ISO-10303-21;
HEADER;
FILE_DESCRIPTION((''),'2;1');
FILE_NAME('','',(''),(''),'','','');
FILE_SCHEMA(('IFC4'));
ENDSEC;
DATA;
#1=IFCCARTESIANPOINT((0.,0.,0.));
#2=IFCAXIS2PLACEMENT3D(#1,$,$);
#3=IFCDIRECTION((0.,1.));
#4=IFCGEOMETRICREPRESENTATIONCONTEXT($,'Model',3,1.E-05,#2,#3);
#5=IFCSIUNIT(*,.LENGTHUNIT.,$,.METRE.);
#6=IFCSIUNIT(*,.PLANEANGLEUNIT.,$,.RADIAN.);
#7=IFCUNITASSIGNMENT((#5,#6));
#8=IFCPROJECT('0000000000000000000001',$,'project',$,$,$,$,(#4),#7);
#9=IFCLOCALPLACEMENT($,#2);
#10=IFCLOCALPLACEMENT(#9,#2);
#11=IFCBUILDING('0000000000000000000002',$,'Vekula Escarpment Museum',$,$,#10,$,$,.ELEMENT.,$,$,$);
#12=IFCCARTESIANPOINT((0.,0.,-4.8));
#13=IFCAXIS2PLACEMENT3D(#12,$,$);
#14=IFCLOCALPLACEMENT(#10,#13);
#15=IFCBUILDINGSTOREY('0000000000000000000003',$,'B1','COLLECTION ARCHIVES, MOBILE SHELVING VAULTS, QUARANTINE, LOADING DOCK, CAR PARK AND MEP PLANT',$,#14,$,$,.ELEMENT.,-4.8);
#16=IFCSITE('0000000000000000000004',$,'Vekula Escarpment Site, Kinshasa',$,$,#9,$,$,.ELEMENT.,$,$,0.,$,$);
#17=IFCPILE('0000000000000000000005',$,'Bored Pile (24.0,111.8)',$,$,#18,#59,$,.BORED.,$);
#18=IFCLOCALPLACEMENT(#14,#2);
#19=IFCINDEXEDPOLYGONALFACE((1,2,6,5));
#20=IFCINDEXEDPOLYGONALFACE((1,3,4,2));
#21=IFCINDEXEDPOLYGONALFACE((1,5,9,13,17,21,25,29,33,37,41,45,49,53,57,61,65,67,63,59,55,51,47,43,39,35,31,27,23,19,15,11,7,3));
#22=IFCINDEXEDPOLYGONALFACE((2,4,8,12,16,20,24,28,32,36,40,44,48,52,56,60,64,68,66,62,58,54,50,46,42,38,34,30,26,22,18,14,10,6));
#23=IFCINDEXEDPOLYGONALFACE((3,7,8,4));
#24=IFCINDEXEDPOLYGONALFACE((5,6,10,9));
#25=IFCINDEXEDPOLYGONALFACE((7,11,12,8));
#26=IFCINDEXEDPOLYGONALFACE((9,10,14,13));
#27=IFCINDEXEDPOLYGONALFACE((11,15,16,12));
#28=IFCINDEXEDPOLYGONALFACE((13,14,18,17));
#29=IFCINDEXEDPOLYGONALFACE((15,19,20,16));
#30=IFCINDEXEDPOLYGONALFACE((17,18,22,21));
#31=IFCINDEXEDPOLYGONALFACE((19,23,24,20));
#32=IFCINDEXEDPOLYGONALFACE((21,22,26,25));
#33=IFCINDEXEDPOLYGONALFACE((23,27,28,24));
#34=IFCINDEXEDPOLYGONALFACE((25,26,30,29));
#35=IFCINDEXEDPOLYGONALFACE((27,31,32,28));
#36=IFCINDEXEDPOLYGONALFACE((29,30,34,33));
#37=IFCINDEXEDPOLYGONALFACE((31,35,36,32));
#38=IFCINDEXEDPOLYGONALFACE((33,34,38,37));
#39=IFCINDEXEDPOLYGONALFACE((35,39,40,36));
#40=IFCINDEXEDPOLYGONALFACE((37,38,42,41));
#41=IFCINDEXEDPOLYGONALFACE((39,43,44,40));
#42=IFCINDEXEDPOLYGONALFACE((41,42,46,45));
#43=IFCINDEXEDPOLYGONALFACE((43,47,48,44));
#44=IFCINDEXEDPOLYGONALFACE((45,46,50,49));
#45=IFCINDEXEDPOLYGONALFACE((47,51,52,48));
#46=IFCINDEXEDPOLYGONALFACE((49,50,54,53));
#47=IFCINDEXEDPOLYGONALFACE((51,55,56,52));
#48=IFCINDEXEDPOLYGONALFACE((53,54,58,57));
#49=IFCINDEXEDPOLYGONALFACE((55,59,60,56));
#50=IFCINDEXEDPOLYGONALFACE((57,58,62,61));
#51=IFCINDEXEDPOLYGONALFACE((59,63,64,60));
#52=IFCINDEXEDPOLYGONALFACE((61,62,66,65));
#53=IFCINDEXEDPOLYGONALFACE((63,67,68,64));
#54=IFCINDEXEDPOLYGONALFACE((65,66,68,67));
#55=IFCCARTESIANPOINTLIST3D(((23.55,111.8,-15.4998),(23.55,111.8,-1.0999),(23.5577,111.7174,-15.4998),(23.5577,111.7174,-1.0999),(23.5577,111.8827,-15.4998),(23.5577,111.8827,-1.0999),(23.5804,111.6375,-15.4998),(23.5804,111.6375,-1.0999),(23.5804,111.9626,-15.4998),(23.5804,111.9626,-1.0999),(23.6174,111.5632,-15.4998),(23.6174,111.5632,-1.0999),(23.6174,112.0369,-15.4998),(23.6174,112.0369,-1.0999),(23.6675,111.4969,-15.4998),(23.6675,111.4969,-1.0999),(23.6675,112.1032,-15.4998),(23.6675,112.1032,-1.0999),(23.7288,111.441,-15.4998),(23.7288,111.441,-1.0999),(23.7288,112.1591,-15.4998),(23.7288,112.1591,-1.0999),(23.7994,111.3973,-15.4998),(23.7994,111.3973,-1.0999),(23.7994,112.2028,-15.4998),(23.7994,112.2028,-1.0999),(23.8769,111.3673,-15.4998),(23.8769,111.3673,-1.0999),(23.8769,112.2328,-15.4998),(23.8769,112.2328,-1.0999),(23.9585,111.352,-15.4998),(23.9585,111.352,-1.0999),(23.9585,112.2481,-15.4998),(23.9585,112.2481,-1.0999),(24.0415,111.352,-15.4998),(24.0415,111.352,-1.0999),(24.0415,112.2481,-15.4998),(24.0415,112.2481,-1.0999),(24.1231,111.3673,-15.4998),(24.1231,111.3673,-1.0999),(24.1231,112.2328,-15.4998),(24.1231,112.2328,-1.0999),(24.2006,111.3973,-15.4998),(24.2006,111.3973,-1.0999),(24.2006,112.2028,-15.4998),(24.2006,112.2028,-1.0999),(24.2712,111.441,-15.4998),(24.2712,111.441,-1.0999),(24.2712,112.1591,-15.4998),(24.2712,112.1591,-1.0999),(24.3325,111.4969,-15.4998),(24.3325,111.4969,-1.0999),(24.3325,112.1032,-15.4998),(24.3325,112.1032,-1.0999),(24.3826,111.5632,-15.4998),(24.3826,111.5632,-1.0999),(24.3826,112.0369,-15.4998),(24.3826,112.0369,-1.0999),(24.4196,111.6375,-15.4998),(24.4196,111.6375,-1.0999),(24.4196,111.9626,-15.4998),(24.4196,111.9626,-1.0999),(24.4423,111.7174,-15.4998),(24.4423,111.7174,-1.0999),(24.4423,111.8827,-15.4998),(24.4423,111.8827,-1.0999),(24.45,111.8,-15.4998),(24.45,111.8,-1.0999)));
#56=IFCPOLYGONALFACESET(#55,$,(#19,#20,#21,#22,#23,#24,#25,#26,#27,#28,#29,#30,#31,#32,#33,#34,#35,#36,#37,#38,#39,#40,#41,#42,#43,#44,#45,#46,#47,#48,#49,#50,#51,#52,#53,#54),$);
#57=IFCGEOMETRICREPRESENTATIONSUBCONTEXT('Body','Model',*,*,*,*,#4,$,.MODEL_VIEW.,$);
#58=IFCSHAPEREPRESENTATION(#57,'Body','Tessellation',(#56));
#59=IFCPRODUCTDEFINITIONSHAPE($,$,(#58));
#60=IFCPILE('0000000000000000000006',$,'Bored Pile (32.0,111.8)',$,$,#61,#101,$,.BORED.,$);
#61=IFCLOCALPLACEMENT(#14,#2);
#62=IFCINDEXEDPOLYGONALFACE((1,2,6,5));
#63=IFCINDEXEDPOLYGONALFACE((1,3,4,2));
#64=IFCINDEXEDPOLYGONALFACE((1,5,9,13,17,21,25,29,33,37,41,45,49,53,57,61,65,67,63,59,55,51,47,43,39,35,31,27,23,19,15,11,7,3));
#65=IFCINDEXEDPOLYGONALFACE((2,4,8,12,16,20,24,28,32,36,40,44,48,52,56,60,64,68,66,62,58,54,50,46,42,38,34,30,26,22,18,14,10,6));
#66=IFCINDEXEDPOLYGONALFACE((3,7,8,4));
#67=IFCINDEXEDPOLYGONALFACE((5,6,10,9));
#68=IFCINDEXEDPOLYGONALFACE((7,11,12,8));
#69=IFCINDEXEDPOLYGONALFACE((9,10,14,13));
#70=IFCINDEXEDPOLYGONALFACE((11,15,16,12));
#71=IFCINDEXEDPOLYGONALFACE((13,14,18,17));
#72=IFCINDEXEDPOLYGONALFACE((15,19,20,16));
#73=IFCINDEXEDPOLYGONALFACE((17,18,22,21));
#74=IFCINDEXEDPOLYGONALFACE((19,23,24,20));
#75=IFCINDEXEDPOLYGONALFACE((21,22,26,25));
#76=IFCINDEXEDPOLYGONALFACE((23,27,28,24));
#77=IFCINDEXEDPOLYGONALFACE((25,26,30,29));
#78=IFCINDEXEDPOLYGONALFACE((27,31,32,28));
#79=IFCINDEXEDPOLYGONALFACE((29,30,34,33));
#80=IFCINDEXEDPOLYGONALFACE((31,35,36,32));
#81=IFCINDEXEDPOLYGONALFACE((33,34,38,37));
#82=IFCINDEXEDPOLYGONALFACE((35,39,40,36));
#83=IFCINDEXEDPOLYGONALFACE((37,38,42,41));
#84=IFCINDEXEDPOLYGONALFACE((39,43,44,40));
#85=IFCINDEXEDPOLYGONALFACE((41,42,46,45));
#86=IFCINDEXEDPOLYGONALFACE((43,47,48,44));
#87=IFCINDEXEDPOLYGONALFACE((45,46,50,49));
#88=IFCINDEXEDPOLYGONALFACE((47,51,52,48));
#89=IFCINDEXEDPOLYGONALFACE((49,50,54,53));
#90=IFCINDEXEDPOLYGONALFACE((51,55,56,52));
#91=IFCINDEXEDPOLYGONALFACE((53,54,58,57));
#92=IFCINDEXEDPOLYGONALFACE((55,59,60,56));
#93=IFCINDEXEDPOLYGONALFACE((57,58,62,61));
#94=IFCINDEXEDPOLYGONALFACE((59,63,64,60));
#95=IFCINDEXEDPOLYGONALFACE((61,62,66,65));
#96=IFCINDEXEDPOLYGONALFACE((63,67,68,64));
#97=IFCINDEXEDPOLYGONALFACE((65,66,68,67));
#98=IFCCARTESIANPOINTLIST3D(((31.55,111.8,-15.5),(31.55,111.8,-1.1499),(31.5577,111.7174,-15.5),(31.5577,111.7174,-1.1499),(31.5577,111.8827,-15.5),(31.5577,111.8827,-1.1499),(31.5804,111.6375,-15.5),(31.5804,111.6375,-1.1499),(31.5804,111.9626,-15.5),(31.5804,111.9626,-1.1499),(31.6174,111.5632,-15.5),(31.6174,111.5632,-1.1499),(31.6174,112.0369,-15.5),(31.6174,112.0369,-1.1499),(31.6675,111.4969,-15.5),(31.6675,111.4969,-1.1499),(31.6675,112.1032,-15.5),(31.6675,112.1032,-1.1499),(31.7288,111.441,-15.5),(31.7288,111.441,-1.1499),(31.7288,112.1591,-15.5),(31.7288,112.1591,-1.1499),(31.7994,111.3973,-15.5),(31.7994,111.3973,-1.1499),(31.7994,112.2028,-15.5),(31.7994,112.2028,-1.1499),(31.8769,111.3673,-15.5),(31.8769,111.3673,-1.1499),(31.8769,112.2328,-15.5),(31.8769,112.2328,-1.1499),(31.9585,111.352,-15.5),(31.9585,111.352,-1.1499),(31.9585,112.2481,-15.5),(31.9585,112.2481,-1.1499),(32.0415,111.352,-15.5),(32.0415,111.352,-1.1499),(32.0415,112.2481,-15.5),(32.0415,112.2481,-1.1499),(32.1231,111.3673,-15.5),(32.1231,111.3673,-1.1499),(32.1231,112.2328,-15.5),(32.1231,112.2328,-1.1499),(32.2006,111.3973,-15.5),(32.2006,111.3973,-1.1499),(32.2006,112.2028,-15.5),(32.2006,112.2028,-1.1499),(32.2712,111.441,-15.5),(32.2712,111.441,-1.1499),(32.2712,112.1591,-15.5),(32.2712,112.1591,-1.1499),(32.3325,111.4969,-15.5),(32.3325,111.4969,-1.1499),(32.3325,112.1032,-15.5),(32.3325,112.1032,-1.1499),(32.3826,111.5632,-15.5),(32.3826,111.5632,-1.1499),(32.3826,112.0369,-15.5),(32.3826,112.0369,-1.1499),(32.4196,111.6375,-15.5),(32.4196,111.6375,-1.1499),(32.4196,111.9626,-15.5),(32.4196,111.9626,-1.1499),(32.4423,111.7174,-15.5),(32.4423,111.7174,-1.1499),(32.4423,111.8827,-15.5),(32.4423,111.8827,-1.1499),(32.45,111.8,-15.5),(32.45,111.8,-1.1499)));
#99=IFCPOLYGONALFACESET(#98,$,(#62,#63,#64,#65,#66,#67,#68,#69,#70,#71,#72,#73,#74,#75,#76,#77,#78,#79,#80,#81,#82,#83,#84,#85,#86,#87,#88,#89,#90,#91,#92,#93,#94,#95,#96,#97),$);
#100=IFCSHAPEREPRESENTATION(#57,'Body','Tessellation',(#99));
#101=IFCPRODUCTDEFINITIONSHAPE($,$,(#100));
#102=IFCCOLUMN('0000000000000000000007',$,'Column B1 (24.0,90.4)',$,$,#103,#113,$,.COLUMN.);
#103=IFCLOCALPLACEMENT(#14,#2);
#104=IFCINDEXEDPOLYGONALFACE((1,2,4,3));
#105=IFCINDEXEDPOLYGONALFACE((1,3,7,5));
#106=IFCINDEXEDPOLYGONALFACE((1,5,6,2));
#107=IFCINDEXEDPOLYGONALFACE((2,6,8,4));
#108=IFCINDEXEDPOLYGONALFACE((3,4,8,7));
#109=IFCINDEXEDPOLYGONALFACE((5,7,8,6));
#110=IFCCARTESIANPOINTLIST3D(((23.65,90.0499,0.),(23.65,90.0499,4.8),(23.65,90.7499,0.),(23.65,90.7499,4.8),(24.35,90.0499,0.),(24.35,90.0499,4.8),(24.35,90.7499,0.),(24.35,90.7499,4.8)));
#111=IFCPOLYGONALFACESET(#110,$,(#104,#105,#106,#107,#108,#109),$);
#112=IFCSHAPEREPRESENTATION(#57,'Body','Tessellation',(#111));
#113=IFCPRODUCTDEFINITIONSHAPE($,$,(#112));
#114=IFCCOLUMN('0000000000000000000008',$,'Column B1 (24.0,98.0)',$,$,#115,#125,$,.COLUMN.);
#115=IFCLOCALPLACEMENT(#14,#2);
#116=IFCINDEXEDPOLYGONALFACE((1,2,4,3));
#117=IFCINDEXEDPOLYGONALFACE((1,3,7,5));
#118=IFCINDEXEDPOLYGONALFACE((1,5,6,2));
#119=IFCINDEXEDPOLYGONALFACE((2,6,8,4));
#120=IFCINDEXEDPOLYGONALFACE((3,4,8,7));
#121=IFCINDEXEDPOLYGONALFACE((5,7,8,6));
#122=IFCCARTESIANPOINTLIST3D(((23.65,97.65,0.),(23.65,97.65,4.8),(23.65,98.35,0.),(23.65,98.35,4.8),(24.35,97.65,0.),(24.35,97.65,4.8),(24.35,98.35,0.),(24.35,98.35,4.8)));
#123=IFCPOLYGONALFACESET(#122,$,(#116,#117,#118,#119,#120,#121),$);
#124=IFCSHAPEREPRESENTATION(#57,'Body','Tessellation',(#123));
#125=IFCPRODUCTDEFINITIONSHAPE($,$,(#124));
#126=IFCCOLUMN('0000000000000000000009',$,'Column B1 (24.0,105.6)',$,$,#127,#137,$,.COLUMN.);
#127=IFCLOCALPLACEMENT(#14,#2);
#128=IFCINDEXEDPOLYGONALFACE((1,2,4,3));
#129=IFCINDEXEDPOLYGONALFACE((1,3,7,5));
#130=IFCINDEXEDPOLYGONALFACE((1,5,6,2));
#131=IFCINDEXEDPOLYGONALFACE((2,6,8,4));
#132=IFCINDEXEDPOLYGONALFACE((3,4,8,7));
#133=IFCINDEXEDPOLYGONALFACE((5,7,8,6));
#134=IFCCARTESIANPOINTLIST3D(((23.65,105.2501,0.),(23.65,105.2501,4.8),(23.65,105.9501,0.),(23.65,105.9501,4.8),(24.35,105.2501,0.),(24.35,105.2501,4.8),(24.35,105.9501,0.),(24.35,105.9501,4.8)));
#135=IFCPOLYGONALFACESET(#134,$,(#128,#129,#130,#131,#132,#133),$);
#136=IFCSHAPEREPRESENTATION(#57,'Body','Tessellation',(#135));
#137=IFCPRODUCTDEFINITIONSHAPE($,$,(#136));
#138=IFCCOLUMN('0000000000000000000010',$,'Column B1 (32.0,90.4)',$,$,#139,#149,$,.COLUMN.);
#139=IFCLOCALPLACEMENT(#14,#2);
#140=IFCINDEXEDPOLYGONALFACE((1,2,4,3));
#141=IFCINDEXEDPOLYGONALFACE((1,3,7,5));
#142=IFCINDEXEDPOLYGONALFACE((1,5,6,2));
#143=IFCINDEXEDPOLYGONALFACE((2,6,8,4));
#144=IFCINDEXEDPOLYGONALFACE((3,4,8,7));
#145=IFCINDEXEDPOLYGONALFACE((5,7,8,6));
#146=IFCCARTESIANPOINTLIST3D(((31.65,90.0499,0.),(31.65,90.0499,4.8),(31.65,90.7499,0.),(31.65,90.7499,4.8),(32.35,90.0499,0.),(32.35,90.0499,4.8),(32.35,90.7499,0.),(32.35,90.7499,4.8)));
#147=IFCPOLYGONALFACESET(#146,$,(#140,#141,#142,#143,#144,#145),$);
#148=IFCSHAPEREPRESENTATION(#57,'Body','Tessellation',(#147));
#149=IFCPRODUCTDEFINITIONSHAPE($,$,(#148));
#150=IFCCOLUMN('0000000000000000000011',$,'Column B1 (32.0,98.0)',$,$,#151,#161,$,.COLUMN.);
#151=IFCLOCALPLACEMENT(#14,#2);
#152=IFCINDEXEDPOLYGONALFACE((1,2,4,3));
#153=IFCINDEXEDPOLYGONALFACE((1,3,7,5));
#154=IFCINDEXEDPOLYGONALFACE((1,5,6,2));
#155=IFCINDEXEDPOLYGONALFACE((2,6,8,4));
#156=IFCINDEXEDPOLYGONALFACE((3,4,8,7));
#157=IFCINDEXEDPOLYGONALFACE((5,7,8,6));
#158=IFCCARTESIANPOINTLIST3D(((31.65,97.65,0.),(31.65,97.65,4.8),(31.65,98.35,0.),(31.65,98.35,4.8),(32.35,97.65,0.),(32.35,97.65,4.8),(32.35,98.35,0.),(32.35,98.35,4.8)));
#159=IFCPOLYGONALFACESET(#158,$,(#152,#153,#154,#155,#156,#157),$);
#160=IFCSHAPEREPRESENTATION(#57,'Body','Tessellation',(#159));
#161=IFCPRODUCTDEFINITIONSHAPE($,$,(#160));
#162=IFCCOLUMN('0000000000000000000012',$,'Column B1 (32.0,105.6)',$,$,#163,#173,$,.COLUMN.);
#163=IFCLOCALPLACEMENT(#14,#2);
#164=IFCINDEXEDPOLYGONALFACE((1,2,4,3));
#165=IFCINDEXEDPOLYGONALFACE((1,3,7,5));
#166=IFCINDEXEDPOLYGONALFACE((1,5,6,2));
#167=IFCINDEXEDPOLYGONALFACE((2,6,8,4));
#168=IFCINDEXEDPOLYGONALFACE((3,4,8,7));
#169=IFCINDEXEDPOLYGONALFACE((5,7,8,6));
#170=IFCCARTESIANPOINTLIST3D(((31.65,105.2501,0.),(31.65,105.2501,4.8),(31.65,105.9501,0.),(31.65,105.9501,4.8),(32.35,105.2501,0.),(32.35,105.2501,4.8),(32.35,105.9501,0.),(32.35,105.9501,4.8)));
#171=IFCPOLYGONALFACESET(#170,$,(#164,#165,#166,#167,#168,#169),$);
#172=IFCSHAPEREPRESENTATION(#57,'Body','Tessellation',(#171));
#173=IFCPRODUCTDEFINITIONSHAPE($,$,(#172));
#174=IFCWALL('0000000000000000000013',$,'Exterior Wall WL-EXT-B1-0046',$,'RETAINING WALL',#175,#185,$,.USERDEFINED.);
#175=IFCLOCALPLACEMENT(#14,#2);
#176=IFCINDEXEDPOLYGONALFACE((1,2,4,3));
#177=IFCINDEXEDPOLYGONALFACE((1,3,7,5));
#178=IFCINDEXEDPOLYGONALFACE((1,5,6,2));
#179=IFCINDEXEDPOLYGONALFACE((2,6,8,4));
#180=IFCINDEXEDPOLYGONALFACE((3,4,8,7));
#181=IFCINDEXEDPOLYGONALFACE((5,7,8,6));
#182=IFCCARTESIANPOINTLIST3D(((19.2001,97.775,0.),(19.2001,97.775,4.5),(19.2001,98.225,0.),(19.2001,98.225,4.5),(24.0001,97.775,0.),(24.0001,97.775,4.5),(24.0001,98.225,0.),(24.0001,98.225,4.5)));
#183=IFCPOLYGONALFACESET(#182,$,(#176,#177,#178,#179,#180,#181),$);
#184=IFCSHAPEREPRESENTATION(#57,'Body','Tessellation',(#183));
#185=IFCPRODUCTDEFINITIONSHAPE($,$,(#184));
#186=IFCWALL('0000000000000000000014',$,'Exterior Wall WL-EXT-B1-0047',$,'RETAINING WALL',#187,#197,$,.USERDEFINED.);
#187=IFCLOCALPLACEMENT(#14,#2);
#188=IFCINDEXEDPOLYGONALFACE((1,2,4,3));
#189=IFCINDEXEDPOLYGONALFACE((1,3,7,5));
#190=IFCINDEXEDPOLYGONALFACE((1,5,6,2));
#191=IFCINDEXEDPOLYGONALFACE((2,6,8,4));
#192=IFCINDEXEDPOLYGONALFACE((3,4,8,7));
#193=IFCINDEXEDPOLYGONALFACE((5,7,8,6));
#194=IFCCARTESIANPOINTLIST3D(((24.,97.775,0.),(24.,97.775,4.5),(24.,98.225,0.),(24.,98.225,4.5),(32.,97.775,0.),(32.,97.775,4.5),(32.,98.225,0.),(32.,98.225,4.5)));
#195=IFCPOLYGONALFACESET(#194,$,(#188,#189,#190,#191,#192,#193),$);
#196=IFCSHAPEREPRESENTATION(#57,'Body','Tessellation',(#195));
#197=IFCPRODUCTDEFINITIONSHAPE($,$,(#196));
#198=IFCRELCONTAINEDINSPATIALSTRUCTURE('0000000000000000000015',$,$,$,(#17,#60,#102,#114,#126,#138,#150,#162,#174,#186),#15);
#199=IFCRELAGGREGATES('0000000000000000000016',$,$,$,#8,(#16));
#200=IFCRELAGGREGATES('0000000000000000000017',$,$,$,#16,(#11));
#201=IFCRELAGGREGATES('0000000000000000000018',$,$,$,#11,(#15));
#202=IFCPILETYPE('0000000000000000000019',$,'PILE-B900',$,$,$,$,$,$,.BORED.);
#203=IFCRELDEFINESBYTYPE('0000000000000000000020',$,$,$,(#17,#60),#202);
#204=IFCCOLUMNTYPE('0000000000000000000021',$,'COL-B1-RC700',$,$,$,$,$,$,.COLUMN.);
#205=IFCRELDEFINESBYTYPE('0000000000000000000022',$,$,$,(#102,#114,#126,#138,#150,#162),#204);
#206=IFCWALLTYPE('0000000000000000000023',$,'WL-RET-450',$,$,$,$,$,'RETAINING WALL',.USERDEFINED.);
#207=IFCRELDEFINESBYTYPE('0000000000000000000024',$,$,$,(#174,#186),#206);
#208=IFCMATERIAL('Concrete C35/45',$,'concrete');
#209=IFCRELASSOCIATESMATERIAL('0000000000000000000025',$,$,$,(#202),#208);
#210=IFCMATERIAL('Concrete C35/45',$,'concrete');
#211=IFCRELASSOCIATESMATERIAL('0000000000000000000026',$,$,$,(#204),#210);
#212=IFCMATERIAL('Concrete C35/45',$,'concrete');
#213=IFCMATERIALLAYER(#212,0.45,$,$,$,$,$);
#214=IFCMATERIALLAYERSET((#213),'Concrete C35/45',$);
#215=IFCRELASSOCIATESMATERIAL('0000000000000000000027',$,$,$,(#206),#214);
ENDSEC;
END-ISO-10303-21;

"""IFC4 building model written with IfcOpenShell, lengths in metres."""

from ifc_helpers import new_model, si_unit, direction, frame, frame_2d, origin, origin_2d, place, context, subcontext, project, spatial, rectangle, circle, extrude, material, layer, layer_set, material_profile, profile_set, type_object, element, save


model = new_model("IFC4")

# Units and contexts
model_context = context("Model", 3, precision=1e-05, world=origin(), true_north=direction((0.0, 1.0)))
body_context = subcontext(model_context, "Body", "Model", "MODEL_VIEW")
ifc_project = project(units=[si_unit("LENGTHUNIT", "METRE"), si_unit("PLANEANGLEUNIT", "RADIAN")], contexts=[model_context])

# Site, building, storey
site_placement = place(None, origin())
site = spatial("IfcSite", under=ifc_project, at=site_placement, Name="Vekula Escarpment Site, Kinshasa", CompositionType="ELEMENT", RefElevation=0.0)
building_placement = place(site_placement, origin())
building = spatial("IfcBuilding", under=site, at=building_placement, Name="Vekula Escarpment Museum", CompositionType="ELEMENT")
storey_placement = place(building_placement, frame((0.0, 0.0, -4.8)))
storey = spatial("IfcBuildingStorey", under=building, at=storey_placement, Name="B1", Description="COLLECTION ARCHIVES, MOBILE SHELVING VAULTS, QUARANTINE, LOADING DOCK, CAR PARK AND MEP PLANT", CompositionType="ELEMENT", Elevation=-4.8)

# Piles
ifc_material_1 = material(Name="Concrete C35/45", Category="concrete")
ifc_material_profile_1 = material_profile(ifc_material_1, circle(Radius=0.45, at=origin_2d()), Name="BORED PILE 900")
ifc_profile_set_1 = profile_set([ifc_material_profile_1], Name="Concrete C35/45")
pile_type = type_object("IfcPileType", Name="PILE-B900", PredefinedType="BORED", material=ifc_profile_set_1)
pile_1_placement = place(storey_placement, frame((24.0, 111.8, -1.0999), z_axis=(0.0, 0.0, -1.0), x_axis=(1.0, 0.0, 0.0)))
element("IfcPile", 1, at=pile_1_placement, inside=storey, type_object=pile_type, Name="Bored Pile (24.0,111.8)", PredefinedType="BORED", context=body_context, shape_type="SweptSolid", body=[
    extrude(circle(Radius=0.45, at=origin_2d()), origin(), (0.0, 0.0, 1.0), 14.3999),
])
pile_2_placement = place(storey_placement, frame((32.0, 111.8, -1.1499), z_axis=(0.0, 0.0, -1.0), x_axis=(1.0, 0.0, 0.0)))
element("IfcPile", 2, at=pile_2_placement, inside=storey, type_object=pile_type, Name="Bored Pile (32.0,111.8)", PredefinedType="BORED", context=body_context, shape_type="SweptSolid", body=[
    extrude(circle(Radius=0.45, at=origin_2d()), origin(), (0.0, 0.0, 1.0), 14.3501),
])

# Columns
ifc_material_2 = material(Name="Concrete C35/45", Category="concrete")
ifc_material_profile_2 = material_profile(ifc_material_2, rectangle(XDim=0.7, YDim=0.7, at=origin_2d()), Name="RC 700x700")
ifc_profile_set_2 = profile_set([ifc_material_profile_2], Name="Concrete C35/45")
column_type = type_object("IfcColumnType", Name="COL-B1-RC700", PredefinedType="COLUMN", material=ifc_profile_set_2)
for number, where, z_axis, x_axis, name in (
    (3, (24.0, 90.3999, 0.0), (0.0, 0.0, 1.0), (1.0, 0.0, 0.0), "Column B1 (24.0,90.4)"),
    (4, (24.0, 98.0, 0.0), (0.0, 0.0, 1.0), (1.0, 0.0, 0.0), "Column B1 (24.0,98.0)"),
    (5, (24.0, 105.6001, 0.0), (0.0, 0.0, 1.0), (1.0, 0.0, 0.0), "Column B1 (24.0,105.6)"),
    (6, (32.0, 90.3999, 0.0), (0.0, 0.0, 1.0), (1.0, 0.0, 0.0), "Column B1 (32.0,90.4)"),
    (7, (32.0, 98.0, 0.0), (0.0, 0.0, 1.0), (1.0, 0.0, 0.0), "Column B1 (32.0,98.0)"),
    (8, (32.0, 105.6001, 0.0), (0.0, 0.0, 1.0), (1.0, 0.0, 0.0), "Column B1 (32.0,105.6)"),
):
    element("IfcColumn", number, at=place(storey_placement, frame(where, z_axis=z_axis, x_axis=x_axis)), inside=storey, type_object=column_type, Name=name, PredefinedType="COLUMN", context=body_context, shape_type="SweptSolid", body=[
        extrude(rectangle(XDim=0.7, YDim=0.7, at=origin_2d()), origin(), (0.0, 0.0, 1.0), 4.8),
    ])

# Walls
ifc_material_3 = material(Name="Concrete C35/45", Category="concrete")
ifc_layer = layer(ifc_material_3, 0.45)
ifc_layer_set = layer_set([ifc_layer], Name="Concrete C35/45")
wall_type = type_object("IfcWallType", Name="WL-RET-450", ElementType="RETAINING WALL", PredefinedType="USERDEFINED", material=ifc_layer_set)
wall_1_placement = place(storey_placement, frame((24.0, 98.0, 0.0), z_axis=(0.0, 0.0, 1.0), x_axis=(-1.0, 0.0, 0.0)))
element("IfcWall", 9, at=wall_1_placement, inside=storey, type_object=wall_type, Name="Exterior Wall WL-EXT-B1-0046", ObjectType="RETAINING WALL", PredefinedType="USERDEFINED", context=body_context, shape_type="SweptSolid", body=[
    extrude(rectangle(XDim=4.8, YDim=0.45, at=frame_2d((2.3999, 0.0))), origin(), (0.0, 0.0, 1.0), 4.5),
])
wall_2_placement = place(storey_placement, frame((32.0, 98.0, 0.0), z_axis=(0.0, 0.0, 1.0), x_axis=(-1.0, 0.0, 0.0)))
element("IfcWall", 10, at=wall_2_placement, inside=storey, type_object=wall_type, Name="Exterior Wall WL-EXT-B1-0047", ObjectType="RETAINING WALL", PredefinedType="USERDEFINED", context=body_context, shape_type="SweptSolid", body=[
    extrude(rectangle(XDim=8.0, YDim=0.45, at=frame_2d((4.0, 0.0))), origin(), (0.0, 0.0, 1.0), 4.5),
])

save(model, "model.ifc")
